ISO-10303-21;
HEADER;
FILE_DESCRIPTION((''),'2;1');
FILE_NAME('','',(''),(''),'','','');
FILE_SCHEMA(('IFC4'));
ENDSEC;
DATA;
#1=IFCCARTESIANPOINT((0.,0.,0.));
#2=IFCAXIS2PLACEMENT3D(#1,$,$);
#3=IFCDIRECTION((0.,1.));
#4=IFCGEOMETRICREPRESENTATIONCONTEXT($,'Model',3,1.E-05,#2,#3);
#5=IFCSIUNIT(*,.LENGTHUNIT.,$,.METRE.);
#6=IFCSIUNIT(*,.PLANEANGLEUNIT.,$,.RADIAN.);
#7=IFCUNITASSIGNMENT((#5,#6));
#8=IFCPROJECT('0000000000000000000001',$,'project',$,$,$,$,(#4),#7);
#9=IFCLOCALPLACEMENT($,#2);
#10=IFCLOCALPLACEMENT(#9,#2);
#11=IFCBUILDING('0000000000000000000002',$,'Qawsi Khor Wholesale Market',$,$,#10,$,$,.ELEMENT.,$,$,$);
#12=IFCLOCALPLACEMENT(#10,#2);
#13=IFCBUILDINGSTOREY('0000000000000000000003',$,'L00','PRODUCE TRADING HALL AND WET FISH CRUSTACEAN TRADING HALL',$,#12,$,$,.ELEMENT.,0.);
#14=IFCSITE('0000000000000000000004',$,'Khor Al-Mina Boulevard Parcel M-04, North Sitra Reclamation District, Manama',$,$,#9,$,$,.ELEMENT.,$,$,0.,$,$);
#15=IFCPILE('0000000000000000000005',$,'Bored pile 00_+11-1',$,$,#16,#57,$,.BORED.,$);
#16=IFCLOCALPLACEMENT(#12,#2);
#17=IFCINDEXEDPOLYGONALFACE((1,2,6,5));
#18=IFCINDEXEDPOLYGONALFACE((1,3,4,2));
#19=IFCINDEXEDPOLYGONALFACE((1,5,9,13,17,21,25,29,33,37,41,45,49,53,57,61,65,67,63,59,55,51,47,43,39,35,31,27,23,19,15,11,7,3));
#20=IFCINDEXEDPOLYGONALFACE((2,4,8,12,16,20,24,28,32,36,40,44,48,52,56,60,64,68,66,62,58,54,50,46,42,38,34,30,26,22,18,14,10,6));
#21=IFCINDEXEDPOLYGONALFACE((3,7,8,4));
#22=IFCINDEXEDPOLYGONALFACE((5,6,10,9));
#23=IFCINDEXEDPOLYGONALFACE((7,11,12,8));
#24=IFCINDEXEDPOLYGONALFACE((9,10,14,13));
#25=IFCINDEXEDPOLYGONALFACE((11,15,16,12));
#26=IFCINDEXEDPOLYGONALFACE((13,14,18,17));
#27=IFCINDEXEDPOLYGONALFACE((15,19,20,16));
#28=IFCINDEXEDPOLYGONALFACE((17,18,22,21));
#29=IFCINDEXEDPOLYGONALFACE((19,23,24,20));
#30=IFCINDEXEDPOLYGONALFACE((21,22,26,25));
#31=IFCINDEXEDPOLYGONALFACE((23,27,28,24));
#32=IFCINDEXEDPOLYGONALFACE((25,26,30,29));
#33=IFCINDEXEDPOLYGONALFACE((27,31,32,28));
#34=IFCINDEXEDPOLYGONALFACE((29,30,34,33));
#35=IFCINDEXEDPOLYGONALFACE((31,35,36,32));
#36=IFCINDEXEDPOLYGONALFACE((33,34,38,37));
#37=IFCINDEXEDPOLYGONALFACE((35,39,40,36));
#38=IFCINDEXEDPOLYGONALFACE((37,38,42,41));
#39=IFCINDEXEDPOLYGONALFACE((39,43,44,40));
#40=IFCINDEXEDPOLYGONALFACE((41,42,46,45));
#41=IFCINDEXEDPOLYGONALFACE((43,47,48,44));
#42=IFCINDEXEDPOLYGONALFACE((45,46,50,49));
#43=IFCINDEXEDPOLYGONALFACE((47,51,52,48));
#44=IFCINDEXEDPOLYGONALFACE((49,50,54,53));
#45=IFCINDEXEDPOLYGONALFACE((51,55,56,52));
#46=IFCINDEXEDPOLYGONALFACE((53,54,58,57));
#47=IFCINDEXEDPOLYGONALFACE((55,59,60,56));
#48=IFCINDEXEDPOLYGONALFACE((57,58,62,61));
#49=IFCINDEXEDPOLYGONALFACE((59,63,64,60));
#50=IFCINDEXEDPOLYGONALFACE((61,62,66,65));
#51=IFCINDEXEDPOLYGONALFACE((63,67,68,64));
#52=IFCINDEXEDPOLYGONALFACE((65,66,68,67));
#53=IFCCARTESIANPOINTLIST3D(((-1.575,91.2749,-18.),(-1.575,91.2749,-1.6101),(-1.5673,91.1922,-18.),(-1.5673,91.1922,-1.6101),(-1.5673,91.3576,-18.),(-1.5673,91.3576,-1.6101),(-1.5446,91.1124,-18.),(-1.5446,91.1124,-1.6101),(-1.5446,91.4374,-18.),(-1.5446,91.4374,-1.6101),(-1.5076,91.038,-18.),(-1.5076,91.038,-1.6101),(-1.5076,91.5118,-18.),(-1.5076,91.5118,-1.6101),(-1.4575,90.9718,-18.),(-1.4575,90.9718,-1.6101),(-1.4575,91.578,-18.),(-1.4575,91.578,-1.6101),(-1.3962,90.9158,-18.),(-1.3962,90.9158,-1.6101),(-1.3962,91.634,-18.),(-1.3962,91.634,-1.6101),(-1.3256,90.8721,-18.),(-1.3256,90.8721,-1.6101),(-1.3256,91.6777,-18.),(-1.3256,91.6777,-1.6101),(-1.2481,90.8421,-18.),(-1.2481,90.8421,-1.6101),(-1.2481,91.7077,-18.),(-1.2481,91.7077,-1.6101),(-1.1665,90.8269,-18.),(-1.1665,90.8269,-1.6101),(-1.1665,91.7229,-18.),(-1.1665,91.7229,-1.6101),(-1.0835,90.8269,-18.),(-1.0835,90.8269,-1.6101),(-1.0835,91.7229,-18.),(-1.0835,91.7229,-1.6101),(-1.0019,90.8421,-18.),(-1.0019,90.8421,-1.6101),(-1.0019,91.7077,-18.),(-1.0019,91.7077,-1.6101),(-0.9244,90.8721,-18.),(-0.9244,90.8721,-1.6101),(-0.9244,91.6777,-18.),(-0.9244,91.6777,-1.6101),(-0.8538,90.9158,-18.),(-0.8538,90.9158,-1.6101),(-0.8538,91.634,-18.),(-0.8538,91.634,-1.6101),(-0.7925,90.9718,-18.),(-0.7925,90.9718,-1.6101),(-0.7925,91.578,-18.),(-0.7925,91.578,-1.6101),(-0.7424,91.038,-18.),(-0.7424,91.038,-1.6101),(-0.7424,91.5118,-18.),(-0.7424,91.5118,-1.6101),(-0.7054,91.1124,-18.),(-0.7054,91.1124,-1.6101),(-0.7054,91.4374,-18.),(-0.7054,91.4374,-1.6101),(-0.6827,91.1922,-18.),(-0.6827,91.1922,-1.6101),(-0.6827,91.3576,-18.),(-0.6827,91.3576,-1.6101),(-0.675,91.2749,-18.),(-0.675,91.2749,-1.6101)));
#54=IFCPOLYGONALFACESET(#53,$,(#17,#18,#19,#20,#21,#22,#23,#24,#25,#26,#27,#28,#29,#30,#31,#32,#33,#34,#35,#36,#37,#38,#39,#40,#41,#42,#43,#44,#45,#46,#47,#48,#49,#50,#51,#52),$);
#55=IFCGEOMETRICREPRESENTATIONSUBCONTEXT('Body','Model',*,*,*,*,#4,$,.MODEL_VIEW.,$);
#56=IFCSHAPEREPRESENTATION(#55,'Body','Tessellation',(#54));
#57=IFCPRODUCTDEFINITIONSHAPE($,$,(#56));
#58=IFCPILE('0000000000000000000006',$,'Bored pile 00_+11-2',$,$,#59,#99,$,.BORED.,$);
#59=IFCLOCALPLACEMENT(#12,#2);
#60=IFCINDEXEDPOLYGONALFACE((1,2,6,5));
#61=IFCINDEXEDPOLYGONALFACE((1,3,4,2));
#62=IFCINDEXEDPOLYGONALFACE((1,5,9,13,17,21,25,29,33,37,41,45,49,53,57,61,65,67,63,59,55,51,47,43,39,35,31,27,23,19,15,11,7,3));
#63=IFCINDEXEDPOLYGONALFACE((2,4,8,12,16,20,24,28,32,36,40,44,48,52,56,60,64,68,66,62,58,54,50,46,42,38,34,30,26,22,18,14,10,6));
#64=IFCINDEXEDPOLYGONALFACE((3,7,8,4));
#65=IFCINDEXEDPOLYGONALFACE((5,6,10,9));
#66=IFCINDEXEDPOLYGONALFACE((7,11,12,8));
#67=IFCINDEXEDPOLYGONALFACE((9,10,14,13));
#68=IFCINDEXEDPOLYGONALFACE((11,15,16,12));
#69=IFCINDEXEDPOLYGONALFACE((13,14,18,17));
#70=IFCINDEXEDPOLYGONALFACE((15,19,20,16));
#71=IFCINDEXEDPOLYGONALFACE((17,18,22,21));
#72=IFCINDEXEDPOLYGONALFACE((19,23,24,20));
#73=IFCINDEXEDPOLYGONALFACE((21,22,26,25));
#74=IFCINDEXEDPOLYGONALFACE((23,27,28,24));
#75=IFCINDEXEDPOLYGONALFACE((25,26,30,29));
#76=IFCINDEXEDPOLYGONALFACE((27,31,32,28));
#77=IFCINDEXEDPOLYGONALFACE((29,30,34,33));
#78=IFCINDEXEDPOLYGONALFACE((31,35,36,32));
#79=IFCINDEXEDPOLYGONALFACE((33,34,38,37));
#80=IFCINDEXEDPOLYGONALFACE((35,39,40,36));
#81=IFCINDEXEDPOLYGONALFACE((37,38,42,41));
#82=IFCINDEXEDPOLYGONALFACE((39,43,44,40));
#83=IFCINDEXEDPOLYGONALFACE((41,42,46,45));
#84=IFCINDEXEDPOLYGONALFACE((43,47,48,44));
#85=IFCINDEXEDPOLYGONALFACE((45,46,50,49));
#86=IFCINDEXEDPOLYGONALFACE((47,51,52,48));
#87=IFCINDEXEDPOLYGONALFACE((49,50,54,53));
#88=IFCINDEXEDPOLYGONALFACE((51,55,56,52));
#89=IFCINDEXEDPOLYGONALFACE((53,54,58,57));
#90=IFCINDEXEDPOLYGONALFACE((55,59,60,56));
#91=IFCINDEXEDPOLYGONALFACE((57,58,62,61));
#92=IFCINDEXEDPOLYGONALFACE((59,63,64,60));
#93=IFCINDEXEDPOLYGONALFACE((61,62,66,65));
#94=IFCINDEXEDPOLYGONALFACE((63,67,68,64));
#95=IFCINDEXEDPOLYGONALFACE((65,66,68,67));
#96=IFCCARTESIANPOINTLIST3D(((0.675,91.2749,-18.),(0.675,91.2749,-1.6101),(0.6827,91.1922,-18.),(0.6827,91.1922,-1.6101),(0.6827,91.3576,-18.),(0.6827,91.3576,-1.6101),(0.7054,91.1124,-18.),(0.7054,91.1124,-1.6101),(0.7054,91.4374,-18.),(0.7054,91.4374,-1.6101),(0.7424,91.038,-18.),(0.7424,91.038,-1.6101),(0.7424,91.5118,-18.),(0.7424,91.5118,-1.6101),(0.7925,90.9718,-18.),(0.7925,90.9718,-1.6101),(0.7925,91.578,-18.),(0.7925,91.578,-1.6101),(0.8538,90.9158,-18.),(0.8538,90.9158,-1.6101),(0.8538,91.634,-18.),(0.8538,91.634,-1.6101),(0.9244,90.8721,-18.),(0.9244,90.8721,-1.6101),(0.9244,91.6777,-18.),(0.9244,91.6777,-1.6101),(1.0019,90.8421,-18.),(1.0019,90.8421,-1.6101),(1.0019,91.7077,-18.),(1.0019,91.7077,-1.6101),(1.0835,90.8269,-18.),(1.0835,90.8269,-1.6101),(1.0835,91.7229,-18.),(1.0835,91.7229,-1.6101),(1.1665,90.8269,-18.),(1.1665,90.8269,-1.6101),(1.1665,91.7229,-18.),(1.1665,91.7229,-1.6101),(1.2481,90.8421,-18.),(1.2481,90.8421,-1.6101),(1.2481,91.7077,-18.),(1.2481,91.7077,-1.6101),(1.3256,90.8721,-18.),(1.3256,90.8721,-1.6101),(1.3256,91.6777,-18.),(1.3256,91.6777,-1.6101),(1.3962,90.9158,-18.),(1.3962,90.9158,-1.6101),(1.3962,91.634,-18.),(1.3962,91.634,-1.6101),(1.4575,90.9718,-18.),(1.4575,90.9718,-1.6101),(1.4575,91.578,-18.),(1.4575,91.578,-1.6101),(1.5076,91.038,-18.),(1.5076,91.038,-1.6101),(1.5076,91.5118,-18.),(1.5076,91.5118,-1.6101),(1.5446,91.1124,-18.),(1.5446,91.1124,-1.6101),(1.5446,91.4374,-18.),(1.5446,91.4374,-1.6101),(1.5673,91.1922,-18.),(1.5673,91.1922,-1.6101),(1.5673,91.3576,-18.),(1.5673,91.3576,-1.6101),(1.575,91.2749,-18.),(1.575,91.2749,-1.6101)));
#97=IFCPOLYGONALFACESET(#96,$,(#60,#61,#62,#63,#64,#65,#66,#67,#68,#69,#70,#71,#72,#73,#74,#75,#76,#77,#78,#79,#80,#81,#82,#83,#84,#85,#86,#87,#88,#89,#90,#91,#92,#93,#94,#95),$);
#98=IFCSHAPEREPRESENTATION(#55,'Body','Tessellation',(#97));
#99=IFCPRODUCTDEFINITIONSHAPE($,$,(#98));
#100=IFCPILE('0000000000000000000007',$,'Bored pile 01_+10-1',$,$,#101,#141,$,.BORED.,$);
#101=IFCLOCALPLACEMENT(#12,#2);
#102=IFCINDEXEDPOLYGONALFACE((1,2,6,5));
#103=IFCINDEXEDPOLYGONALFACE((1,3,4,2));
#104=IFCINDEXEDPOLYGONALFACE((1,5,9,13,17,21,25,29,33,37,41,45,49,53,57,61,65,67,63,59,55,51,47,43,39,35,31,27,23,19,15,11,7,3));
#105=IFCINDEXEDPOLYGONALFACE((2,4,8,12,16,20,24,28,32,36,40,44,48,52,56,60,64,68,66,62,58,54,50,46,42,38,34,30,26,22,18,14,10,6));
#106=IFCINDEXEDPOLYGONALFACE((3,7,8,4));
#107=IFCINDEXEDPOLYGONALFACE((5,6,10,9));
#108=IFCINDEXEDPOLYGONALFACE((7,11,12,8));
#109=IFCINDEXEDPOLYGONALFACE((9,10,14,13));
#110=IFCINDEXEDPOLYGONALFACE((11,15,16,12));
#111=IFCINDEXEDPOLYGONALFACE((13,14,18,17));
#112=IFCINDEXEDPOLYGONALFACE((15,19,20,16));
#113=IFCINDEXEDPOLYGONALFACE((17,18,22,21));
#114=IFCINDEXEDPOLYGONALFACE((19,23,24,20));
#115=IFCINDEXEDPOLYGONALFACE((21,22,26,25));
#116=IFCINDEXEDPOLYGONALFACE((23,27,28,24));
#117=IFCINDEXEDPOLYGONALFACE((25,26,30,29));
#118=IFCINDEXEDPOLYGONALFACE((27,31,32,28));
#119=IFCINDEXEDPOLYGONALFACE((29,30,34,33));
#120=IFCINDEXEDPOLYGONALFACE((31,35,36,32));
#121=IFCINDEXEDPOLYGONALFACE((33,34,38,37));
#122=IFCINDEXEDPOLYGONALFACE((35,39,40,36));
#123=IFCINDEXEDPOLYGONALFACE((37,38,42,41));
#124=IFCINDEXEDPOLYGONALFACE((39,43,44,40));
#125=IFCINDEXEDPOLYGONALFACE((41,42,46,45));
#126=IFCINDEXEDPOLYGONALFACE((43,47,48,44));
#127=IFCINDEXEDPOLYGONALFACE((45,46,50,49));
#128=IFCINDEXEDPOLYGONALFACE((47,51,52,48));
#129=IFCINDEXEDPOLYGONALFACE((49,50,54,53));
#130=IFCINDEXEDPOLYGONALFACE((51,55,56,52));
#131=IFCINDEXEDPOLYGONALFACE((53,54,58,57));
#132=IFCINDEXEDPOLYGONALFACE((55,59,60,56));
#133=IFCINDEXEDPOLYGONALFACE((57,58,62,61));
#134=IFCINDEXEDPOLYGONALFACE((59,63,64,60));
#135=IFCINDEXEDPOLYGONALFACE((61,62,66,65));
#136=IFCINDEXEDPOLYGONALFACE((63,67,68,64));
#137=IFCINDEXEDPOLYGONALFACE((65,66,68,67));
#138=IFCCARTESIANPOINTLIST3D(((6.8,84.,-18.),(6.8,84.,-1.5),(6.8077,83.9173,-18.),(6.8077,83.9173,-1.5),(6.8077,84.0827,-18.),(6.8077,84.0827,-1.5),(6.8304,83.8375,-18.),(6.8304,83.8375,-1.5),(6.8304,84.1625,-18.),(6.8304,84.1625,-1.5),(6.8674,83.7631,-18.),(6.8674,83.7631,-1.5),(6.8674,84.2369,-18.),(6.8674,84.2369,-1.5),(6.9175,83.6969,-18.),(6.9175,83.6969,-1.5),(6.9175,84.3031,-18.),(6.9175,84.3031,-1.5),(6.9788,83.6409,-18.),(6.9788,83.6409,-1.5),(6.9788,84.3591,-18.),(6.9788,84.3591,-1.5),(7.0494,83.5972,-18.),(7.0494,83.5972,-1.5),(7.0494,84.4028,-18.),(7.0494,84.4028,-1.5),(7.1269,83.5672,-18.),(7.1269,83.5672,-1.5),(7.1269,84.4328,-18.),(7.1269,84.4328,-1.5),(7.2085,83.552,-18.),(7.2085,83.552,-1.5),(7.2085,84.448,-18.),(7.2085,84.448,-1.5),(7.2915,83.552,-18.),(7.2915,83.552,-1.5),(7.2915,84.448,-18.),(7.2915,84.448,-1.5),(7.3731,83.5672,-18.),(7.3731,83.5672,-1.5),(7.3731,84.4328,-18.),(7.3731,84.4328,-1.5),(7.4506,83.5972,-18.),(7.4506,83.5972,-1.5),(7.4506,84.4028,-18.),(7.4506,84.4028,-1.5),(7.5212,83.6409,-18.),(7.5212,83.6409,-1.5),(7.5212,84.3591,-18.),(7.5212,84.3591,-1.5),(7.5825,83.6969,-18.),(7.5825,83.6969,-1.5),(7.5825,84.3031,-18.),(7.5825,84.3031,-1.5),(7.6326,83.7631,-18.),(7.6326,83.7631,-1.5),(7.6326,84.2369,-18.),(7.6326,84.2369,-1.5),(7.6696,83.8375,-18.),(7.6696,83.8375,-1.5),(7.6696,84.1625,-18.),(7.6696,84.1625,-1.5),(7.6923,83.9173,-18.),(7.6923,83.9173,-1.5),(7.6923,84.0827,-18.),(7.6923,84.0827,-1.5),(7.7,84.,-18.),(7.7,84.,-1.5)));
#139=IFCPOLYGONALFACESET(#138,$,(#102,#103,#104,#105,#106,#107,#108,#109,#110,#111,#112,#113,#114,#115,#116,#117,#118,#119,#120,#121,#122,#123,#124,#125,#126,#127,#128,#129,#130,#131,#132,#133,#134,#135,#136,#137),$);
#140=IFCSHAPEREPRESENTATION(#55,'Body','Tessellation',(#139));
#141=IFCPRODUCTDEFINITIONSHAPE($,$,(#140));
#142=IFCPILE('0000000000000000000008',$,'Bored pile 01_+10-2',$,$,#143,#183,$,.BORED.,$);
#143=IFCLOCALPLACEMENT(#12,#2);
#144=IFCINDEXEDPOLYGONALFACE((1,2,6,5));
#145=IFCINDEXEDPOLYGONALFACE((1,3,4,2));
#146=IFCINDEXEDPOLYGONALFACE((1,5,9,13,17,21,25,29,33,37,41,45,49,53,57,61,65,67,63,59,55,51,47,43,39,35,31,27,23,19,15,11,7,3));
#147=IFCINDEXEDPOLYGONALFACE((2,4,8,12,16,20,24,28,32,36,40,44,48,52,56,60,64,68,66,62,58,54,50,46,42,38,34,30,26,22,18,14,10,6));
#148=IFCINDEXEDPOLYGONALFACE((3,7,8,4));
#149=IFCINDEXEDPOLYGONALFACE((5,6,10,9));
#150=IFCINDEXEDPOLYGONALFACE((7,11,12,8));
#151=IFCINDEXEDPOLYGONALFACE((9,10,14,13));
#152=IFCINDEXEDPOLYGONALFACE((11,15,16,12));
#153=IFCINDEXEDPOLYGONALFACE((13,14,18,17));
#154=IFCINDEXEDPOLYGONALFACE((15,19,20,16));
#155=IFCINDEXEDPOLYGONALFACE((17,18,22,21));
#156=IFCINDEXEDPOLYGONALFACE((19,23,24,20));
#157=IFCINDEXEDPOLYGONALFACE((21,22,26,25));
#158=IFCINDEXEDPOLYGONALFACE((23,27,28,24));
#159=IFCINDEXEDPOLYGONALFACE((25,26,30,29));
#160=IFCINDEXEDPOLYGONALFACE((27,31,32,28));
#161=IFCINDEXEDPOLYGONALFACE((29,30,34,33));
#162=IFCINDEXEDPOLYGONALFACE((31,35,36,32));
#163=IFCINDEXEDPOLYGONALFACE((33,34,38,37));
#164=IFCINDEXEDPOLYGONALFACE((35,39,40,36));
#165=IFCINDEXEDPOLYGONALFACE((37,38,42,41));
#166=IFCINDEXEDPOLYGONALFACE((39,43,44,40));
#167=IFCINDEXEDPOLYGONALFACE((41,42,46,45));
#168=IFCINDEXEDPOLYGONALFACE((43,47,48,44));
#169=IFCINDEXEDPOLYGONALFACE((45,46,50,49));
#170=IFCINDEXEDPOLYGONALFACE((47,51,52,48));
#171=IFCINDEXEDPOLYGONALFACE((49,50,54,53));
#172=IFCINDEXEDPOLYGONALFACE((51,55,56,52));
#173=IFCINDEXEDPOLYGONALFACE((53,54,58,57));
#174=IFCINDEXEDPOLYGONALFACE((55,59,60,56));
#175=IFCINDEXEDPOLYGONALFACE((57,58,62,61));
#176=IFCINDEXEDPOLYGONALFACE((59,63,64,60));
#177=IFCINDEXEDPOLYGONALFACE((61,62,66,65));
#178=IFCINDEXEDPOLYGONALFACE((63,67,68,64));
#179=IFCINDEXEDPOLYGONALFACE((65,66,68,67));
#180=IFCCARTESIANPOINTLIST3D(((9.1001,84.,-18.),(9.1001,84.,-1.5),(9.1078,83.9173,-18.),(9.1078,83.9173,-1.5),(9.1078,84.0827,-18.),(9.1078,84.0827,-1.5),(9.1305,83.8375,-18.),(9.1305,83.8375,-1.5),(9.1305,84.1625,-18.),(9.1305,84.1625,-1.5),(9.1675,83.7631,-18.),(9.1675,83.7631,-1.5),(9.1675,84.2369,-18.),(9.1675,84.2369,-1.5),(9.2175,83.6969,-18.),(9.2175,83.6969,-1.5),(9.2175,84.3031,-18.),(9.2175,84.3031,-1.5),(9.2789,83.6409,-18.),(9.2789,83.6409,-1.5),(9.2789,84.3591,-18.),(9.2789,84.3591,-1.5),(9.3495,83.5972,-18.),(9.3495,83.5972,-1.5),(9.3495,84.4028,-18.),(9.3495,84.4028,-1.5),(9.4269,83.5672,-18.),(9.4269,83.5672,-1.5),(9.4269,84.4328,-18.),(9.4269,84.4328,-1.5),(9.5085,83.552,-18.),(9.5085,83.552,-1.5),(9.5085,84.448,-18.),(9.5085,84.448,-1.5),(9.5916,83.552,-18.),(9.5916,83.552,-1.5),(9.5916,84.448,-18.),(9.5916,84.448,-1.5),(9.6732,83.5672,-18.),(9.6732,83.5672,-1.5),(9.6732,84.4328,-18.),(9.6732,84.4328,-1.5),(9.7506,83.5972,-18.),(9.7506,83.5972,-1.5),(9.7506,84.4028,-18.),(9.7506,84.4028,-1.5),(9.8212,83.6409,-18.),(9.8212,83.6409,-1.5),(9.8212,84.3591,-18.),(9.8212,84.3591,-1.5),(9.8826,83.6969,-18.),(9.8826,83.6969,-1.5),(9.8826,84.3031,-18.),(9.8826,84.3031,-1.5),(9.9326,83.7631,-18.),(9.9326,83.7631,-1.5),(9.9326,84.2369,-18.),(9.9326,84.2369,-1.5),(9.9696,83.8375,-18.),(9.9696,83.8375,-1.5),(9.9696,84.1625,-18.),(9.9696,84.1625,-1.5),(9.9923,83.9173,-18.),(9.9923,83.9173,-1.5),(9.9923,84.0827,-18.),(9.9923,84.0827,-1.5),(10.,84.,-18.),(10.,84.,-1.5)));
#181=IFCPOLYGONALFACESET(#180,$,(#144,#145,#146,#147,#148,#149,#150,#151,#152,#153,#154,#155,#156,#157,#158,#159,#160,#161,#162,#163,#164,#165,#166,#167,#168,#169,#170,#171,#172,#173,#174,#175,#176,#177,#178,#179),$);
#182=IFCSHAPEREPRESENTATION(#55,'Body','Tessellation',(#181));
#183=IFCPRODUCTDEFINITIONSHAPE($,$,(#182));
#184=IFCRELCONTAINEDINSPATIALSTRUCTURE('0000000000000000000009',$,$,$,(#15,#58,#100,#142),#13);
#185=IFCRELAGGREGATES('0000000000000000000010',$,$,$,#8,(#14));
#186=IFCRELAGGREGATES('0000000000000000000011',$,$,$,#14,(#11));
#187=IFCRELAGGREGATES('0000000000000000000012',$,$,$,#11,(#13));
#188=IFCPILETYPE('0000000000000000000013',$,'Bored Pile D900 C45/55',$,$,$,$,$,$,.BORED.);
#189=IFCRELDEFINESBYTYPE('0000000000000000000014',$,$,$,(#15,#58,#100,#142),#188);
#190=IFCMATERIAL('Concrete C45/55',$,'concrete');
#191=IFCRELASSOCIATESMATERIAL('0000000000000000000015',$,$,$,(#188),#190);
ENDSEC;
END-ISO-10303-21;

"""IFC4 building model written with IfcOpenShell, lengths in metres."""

from ifc_helpers import new_model, si_unit, direction, frame, origin, origin_2d, place, context, subcontext, project, spatial, circle, extrude, material, material_profile, profile_set, type_object, element, save


model = new_model("IFC4")

# Units and contexts
model_context = context("Model", 3, precision=1e-05, world=origin(), true_north=direction((0.0, 1.0)))
body_context = subcontext(model_context, "Body", "Model", "MODEL_VIEW")
ifc_project = project(units=[si_unit("LENGTHUNIT", "METRE"), si_unit("PLANEANGLEUNIT", "RADIAN")], contexts=[model_context])

# Site, building, storey
site_placement = place(None, origin())
site = spatial("IfcSite", under=ifc_project, at=site_placement, Name="Khor Al-Mina Boulevard Parcel M-04, North Sitra Reclamation District, Manama", CompositionType="ELEMENT", RefElevation=0.0)
building_placement = place(site_placement, origin())
building = spatial("IfcBuilding", under=site, at=building_placement, Name="Qawsi Khor Wholesale Market", CompositionType="ELEMENT")
storey_placement = place(building_placement, origin())
storey = spatial("IfcBuildingStorey", under=building, at=storey_placement, Name="L00", Description="PRODUCE TRADING HALL AND WET FISH CRUSTACEAN TRADING HALL", CompositionType="ELEMENT", Elevation=0.0)

# Piles
ifc_material_1 = material(Name="Concrete C45/55", Category="concrete")
ifc_material_profile_1 = material_profile(ifc_material_1, circle(Radius=0.45, at=origin_2d()), Name="PILE D900")
ifc_profile_set_1 = profile_set([ifc_material_profile_1], Name="Concrete C45/55")
pile_type_1 = type_object("IfcPileType", Name="Bored Pile D900 C45/55", PredefinedType="BORED", material=ifc_profile_set_1)
for number, where, z_axis, x_axis, name in (
    (1, (-1.125, 91.2749, -1.6101), (0.0, 0.0, -1.0), (1.0, 0.0, 0.0), "Bored pile 00_+11-1"),
    (2, (1.125, 91.2749, -1.6101), (0.0, 0.0, -1.0), (1.0, 0.0, 0.0), "Bored pile 00_+11-2"),
):
    element("IfcPile", number, at=place(storey_placement, frame(where, z_axis=z_axis, x_axis=x_axis)), inside=storey, type_object=pile_type_1, Name=name, PredefinedType="BORED", context=body_context, shape_type="SweptSolid", body=[
        extrude(circle(Radius=0.45, at=origin_2d()), origin(), (0.0, 0.0, 1.0), 16.3899),
    ])
for number, where, z_axis, x_axis, name in (
    (3, (7.25, 84.0, -1.5), (0.0, 0.0, -1.0), (1.0, 0.0, 0.0), "Bored pile 01_+10-1"),
    (4, (9.55, 84.0, -1.5), (0.0, 0.0, -1.0), (1.0, 0.0, 0.0), "Bored pile 01_+10-2"),
):
    element("IfcPile", number, at=place(storey_placement, frame(where, z_axis=z_axis, x_axis=x_axis)), inside=storey, type_object=pile_type_1, Name=name, PredefinedType="BORED", context=body_context, shape_type="SweptSolid", body=[
        extrude(circle(Radius=0.45, at=origin_2d()), origin(), (0.0, 0.0, 1.0), 16.5),
    ])

save(model, "model.ifc")
